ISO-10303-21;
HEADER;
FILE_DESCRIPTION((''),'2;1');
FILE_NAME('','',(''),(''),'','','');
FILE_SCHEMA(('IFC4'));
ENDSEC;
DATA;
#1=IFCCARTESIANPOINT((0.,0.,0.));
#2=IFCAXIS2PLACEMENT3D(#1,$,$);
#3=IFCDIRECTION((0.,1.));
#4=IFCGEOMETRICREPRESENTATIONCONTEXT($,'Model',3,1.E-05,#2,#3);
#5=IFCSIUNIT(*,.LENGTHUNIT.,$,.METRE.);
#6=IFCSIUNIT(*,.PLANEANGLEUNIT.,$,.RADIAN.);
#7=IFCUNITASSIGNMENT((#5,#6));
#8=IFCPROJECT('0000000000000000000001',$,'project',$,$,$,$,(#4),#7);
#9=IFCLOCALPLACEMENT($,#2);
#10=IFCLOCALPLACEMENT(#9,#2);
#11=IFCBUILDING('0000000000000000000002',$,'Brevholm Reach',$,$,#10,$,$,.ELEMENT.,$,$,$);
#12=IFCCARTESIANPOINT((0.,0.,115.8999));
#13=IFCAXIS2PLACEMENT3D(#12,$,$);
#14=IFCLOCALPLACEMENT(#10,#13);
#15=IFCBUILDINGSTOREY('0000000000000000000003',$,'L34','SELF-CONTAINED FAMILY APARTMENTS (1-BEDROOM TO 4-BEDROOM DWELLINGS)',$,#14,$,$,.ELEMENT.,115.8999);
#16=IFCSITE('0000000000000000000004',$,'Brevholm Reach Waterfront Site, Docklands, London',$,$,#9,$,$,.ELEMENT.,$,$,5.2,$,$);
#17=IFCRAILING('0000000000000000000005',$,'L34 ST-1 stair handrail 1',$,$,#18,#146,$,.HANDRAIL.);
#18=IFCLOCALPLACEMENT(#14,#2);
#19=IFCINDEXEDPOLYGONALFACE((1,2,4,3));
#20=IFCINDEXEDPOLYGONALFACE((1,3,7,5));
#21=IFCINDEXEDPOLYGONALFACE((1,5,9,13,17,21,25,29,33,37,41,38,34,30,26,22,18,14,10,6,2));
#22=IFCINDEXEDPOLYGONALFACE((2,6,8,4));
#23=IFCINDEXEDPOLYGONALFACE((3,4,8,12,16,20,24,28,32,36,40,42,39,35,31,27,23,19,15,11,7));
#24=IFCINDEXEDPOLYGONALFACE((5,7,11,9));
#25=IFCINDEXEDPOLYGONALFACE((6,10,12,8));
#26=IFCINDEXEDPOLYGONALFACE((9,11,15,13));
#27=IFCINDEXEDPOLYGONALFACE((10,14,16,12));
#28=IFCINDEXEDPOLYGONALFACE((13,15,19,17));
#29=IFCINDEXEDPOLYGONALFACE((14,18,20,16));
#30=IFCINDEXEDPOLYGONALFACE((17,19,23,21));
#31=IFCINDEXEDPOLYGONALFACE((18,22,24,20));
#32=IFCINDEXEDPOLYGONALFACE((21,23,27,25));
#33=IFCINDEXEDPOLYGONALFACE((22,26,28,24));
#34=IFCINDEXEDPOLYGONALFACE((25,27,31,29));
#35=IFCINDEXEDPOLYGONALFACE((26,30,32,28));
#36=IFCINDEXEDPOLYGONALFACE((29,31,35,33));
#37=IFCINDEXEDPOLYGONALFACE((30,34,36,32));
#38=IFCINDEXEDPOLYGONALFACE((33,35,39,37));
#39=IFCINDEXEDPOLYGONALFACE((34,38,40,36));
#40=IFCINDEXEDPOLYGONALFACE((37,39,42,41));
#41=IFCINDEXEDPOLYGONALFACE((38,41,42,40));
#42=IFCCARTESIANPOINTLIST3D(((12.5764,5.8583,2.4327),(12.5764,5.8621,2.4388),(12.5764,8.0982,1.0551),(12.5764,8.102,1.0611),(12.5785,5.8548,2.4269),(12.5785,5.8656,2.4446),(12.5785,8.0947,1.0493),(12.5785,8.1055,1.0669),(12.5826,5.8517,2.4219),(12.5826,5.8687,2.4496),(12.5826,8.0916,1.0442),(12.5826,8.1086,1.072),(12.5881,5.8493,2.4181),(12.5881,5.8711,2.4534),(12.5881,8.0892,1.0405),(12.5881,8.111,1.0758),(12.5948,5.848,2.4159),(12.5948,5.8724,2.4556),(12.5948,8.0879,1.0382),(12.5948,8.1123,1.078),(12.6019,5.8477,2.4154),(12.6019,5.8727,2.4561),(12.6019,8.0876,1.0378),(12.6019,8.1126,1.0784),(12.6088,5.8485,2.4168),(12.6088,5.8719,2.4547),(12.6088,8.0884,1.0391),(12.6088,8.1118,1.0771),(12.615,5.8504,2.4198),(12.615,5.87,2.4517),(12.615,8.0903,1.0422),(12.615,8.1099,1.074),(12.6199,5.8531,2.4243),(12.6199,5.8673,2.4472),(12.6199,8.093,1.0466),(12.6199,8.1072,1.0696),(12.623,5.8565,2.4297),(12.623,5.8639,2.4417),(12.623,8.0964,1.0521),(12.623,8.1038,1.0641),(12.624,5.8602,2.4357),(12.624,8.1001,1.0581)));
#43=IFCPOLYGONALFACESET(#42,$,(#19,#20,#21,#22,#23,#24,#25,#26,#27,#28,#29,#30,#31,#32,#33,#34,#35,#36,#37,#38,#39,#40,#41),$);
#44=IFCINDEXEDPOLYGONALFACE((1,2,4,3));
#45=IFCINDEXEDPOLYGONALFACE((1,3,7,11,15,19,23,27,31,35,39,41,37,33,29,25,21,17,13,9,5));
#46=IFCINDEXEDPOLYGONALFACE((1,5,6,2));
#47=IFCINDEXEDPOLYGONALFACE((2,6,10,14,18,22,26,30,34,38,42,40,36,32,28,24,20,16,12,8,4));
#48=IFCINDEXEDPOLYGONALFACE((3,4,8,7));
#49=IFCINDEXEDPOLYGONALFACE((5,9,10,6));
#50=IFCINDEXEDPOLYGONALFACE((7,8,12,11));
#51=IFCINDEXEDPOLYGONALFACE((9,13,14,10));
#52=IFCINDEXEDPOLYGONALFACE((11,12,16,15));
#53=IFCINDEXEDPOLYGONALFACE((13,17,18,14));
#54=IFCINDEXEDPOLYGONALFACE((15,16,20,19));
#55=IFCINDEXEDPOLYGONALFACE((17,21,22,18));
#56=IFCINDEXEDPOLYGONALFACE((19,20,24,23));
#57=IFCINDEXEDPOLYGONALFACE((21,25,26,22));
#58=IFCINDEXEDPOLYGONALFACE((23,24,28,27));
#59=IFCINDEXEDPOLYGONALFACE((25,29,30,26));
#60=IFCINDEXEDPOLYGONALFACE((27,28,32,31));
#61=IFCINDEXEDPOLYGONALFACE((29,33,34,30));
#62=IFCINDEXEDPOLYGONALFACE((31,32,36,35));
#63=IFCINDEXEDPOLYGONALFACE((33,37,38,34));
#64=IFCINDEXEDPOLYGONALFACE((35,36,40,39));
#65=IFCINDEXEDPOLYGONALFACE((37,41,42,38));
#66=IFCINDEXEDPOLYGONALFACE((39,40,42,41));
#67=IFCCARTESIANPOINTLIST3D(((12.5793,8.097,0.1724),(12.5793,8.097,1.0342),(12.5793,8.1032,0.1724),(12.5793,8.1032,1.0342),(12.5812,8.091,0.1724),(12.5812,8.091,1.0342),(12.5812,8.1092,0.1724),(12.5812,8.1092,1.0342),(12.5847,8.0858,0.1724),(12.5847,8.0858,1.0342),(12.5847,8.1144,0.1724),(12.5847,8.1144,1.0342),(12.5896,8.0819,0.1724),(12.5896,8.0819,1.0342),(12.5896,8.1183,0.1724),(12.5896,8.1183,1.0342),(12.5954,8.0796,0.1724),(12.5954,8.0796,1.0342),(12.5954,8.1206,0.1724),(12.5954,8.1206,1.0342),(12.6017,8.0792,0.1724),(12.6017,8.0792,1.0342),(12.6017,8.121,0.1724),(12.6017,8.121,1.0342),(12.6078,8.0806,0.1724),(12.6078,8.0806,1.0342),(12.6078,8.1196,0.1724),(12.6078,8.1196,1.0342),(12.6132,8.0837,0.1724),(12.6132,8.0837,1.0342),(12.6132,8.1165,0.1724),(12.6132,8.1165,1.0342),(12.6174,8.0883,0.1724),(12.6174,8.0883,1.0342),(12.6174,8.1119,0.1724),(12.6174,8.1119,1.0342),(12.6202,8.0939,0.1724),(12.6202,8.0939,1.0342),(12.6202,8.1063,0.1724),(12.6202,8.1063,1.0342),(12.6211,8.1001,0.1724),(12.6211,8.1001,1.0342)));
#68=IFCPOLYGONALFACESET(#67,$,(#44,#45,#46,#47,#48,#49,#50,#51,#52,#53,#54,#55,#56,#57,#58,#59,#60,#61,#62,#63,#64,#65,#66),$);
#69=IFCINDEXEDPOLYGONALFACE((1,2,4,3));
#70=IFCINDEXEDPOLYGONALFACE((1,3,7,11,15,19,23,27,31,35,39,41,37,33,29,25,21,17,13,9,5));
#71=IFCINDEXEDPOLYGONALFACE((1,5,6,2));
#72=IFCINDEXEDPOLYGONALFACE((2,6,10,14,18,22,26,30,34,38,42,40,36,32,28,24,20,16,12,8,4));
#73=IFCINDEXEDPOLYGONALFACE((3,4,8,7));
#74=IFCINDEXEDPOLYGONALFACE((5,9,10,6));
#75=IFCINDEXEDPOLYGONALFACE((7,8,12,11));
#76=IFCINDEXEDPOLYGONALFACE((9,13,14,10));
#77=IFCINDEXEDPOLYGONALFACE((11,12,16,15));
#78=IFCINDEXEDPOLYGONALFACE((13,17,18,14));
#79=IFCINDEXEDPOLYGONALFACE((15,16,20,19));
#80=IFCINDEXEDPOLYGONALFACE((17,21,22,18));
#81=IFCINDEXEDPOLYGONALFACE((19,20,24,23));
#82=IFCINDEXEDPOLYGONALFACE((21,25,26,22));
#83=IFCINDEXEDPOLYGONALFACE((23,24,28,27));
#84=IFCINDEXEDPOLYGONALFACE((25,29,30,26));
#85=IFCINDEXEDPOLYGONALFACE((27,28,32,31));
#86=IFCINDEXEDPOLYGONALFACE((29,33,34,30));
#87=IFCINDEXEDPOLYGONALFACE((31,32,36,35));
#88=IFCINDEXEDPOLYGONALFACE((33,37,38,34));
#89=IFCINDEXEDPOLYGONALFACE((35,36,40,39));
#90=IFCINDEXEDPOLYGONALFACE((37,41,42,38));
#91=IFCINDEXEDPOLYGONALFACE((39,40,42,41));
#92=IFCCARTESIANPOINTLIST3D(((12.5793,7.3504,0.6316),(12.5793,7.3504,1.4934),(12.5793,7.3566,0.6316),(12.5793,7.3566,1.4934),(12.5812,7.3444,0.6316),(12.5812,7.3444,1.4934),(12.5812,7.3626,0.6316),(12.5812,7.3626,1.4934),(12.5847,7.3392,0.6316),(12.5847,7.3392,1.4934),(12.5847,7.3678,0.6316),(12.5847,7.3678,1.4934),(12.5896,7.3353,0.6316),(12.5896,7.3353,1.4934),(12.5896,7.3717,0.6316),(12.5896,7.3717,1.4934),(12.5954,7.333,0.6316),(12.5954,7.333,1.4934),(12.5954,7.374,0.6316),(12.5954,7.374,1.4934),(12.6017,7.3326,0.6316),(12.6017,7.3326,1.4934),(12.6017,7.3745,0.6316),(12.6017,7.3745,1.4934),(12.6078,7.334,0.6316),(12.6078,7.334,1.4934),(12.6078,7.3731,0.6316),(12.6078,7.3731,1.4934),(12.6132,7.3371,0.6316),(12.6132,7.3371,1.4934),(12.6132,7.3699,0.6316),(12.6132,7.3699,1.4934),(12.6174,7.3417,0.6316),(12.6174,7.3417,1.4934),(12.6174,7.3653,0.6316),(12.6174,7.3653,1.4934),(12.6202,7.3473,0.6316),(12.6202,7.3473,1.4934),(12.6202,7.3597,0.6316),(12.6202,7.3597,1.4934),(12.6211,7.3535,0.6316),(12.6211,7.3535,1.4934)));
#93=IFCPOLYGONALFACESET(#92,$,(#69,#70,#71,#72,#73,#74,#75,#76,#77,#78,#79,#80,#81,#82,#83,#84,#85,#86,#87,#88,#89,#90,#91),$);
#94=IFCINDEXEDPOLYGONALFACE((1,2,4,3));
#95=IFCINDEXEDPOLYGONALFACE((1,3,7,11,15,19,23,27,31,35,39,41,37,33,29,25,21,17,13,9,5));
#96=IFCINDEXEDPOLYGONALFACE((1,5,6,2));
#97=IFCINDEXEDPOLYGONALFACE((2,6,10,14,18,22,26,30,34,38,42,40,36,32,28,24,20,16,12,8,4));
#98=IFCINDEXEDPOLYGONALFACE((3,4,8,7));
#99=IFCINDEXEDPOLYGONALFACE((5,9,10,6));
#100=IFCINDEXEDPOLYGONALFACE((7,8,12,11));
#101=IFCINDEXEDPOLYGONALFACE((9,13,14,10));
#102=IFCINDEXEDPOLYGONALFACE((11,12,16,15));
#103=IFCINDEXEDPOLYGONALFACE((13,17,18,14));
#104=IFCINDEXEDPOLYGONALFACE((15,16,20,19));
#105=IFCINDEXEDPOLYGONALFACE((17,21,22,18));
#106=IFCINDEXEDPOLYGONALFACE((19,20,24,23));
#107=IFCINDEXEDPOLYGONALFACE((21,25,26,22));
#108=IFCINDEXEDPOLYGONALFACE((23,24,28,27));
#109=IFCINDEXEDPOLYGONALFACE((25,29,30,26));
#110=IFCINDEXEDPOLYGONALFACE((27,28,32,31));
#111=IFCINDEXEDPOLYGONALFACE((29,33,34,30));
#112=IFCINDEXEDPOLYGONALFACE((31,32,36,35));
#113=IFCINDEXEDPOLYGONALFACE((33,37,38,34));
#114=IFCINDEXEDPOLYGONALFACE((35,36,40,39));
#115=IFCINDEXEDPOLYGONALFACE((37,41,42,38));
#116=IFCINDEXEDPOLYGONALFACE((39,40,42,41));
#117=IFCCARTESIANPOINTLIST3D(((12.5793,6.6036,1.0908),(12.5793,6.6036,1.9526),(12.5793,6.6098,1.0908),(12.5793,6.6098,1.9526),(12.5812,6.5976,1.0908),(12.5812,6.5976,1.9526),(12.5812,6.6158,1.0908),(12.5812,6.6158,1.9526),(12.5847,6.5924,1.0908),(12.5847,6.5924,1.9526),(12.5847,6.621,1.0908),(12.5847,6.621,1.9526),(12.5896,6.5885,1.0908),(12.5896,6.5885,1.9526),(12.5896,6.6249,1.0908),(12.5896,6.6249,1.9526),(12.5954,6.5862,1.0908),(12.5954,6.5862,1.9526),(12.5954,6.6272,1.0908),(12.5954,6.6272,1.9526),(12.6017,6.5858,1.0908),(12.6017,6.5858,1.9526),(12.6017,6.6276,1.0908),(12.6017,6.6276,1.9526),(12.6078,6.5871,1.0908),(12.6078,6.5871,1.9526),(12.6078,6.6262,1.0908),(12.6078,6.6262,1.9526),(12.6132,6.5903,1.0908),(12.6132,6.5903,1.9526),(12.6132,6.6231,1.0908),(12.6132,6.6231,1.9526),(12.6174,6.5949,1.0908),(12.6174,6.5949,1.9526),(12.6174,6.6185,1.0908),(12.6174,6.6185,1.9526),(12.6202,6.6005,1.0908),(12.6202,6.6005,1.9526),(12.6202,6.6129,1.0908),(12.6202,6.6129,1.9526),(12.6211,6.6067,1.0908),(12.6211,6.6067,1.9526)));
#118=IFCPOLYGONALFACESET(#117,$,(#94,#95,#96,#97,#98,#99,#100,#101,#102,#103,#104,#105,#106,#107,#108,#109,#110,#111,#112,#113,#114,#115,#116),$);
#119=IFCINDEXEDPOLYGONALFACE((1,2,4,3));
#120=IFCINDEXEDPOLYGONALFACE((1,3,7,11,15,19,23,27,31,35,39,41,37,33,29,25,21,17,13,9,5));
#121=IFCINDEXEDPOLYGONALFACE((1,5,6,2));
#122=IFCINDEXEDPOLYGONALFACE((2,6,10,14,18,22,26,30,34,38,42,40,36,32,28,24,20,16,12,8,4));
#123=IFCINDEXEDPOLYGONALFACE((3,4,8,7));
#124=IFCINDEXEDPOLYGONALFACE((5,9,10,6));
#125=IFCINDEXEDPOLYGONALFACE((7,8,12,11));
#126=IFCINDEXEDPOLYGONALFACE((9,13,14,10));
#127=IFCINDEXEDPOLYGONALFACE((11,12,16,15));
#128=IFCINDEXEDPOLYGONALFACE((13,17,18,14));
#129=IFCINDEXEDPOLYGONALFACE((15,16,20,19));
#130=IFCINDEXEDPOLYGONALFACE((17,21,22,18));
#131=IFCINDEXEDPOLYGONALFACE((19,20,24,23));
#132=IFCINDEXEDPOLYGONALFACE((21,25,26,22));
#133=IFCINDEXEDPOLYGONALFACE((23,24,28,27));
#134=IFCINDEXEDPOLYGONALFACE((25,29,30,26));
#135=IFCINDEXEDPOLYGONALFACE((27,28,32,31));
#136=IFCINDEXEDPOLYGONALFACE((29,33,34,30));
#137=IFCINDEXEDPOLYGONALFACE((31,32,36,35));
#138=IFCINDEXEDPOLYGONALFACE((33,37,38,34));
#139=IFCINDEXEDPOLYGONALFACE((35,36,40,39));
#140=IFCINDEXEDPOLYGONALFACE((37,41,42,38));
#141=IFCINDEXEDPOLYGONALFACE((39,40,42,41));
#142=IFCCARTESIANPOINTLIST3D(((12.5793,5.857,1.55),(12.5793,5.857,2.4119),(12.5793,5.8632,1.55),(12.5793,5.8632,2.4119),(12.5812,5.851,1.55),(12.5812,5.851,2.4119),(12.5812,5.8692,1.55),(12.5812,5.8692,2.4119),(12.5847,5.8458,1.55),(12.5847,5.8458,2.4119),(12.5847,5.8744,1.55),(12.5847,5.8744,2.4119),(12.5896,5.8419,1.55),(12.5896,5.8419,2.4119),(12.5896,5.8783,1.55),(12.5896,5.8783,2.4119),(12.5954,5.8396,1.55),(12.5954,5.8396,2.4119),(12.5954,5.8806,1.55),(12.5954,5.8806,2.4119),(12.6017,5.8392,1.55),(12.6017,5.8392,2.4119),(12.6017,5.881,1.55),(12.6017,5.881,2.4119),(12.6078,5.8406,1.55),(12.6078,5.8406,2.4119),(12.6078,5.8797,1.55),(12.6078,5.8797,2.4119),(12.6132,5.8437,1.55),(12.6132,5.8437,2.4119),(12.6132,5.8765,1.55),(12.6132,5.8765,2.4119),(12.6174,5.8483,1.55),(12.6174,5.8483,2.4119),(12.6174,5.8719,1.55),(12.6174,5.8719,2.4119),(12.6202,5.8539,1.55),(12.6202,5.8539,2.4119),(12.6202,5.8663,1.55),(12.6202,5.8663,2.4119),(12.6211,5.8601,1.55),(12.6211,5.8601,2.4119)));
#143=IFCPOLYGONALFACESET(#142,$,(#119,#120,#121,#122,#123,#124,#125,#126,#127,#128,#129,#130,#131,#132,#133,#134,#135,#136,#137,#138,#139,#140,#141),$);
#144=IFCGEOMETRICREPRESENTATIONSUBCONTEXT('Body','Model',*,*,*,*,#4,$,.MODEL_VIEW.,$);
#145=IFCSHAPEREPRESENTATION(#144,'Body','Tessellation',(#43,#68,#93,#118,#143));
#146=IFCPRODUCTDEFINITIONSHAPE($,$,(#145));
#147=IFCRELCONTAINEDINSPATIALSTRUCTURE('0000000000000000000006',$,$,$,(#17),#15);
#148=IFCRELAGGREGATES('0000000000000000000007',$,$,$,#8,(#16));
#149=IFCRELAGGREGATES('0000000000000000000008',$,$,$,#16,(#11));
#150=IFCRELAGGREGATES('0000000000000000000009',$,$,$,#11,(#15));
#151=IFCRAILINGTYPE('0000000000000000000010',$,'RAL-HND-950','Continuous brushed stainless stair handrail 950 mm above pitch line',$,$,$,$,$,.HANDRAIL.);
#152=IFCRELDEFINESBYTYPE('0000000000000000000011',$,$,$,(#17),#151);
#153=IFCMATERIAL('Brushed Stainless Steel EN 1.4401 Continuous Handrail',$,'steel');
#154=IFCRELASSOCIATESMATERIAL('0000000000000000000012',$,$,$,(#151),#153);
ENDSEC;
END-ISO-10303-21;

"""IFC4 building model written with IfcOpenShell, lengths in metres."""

from ifc_helpers import new_model, si_unit, direction, frame, origin, origin_2d, place, context, subcontext, project, spatial, circle, extrude, material, type_object, element, save


model = new_model("IFC4")

# Units and contexts
model_context = context("Model", 3, precision=1e-05, world=origin(), true_north=direction((0.0, 1.0)))
body_context = subcontext(model_context, "Body", "Model", "MODEL_VIEW")
ifc_project = project(units=[si_unit("LENGTHUNIT", "METRE"), si_unit("PLANEANGLEUNIT", "RADIAN")], contexts=[model_context])

# Site, building, storey
site_placement = place(None, origin())
site = spatial("IfcSite", under=ifc_project, at=site_placement, Name="Brevholm Reach Waterfront Site, Docklands, London", CompositionType="ELEMENT", RefElevation=5.2)
building_placement = place(site_placement, origin())
building = spatial("IfcBuilding", under=site, at=building_placement, Name="Brevholm Reach", CompositionType="ELEMENT")
storey_placement = place(building_placement, frame((0.0, 0.0, 115.8999)))
storey = spatial("IfcBuildingStorey", under=building, at=storey_placement, Name="L34", Description="SELF-CONTAINED FAMILY APARTMENTS (1-BEDROOM TO 4-BEDROOM DWELLINGS)", CompositionType="ELEMENT", Elevation=115.8999)

# Railing
ifc_material_1 = material(Name="Brushed Stainless Steel EN 1.4401 Continuous Handrail", Category="steel")
railing_type_1 = type_object("IfcRailingType", Name="RAL-HND-950", Description="Continuous brushed stainless stair handrail 950 mm above pitch line", PredefinedType="HANDRAIL", material=ifc_material_1)
railing_1_placement = place(storey_placement, frame((12.6001, 8.1001, 0.1724)))
element("IfcRailing", 1, at=railing_1_placement, inside=storey, type_object=railing_type_1, Name="L34 ST-1 stair handrail 1", PredefinedType="HANDRAIL", context=body_context, shape_type="SweptSolid", body=[
    extrude(circle(Radius=0.0239, at=origin_2d()), frame((0.0, 0.0, 0.8857), z_axis=(0.0, -0.851789, 0.523885), x_axis=(1.0, 0.0, 0.0)), (0.0, 0.0, 1.0), 2.6296),
    extrude(circle(Radius=0.021, at=origin_2d()), origin(), (0.0, 0.0, 1.0), 0.8618),
    extrude(circle(Radius=0.021, at=origin_2d()), frame((0.0, -0.7466, 0.4592)), (0.0, 0.0, 1.0), 0.8618),
    extrude(circle(Radius=0.021, at=origin_2d()), frame((0.0, -1.4934, 0.9185)), (0.0, 0.0, 1.0), 0.8618),
    extrude(circle(Radius=0.021, at=origin_2d()), frame((0.0, -2.24, 1.3777)), (0.0, 0.0, 1.0), 0.8618),
])

save(model, "model.ifc")
